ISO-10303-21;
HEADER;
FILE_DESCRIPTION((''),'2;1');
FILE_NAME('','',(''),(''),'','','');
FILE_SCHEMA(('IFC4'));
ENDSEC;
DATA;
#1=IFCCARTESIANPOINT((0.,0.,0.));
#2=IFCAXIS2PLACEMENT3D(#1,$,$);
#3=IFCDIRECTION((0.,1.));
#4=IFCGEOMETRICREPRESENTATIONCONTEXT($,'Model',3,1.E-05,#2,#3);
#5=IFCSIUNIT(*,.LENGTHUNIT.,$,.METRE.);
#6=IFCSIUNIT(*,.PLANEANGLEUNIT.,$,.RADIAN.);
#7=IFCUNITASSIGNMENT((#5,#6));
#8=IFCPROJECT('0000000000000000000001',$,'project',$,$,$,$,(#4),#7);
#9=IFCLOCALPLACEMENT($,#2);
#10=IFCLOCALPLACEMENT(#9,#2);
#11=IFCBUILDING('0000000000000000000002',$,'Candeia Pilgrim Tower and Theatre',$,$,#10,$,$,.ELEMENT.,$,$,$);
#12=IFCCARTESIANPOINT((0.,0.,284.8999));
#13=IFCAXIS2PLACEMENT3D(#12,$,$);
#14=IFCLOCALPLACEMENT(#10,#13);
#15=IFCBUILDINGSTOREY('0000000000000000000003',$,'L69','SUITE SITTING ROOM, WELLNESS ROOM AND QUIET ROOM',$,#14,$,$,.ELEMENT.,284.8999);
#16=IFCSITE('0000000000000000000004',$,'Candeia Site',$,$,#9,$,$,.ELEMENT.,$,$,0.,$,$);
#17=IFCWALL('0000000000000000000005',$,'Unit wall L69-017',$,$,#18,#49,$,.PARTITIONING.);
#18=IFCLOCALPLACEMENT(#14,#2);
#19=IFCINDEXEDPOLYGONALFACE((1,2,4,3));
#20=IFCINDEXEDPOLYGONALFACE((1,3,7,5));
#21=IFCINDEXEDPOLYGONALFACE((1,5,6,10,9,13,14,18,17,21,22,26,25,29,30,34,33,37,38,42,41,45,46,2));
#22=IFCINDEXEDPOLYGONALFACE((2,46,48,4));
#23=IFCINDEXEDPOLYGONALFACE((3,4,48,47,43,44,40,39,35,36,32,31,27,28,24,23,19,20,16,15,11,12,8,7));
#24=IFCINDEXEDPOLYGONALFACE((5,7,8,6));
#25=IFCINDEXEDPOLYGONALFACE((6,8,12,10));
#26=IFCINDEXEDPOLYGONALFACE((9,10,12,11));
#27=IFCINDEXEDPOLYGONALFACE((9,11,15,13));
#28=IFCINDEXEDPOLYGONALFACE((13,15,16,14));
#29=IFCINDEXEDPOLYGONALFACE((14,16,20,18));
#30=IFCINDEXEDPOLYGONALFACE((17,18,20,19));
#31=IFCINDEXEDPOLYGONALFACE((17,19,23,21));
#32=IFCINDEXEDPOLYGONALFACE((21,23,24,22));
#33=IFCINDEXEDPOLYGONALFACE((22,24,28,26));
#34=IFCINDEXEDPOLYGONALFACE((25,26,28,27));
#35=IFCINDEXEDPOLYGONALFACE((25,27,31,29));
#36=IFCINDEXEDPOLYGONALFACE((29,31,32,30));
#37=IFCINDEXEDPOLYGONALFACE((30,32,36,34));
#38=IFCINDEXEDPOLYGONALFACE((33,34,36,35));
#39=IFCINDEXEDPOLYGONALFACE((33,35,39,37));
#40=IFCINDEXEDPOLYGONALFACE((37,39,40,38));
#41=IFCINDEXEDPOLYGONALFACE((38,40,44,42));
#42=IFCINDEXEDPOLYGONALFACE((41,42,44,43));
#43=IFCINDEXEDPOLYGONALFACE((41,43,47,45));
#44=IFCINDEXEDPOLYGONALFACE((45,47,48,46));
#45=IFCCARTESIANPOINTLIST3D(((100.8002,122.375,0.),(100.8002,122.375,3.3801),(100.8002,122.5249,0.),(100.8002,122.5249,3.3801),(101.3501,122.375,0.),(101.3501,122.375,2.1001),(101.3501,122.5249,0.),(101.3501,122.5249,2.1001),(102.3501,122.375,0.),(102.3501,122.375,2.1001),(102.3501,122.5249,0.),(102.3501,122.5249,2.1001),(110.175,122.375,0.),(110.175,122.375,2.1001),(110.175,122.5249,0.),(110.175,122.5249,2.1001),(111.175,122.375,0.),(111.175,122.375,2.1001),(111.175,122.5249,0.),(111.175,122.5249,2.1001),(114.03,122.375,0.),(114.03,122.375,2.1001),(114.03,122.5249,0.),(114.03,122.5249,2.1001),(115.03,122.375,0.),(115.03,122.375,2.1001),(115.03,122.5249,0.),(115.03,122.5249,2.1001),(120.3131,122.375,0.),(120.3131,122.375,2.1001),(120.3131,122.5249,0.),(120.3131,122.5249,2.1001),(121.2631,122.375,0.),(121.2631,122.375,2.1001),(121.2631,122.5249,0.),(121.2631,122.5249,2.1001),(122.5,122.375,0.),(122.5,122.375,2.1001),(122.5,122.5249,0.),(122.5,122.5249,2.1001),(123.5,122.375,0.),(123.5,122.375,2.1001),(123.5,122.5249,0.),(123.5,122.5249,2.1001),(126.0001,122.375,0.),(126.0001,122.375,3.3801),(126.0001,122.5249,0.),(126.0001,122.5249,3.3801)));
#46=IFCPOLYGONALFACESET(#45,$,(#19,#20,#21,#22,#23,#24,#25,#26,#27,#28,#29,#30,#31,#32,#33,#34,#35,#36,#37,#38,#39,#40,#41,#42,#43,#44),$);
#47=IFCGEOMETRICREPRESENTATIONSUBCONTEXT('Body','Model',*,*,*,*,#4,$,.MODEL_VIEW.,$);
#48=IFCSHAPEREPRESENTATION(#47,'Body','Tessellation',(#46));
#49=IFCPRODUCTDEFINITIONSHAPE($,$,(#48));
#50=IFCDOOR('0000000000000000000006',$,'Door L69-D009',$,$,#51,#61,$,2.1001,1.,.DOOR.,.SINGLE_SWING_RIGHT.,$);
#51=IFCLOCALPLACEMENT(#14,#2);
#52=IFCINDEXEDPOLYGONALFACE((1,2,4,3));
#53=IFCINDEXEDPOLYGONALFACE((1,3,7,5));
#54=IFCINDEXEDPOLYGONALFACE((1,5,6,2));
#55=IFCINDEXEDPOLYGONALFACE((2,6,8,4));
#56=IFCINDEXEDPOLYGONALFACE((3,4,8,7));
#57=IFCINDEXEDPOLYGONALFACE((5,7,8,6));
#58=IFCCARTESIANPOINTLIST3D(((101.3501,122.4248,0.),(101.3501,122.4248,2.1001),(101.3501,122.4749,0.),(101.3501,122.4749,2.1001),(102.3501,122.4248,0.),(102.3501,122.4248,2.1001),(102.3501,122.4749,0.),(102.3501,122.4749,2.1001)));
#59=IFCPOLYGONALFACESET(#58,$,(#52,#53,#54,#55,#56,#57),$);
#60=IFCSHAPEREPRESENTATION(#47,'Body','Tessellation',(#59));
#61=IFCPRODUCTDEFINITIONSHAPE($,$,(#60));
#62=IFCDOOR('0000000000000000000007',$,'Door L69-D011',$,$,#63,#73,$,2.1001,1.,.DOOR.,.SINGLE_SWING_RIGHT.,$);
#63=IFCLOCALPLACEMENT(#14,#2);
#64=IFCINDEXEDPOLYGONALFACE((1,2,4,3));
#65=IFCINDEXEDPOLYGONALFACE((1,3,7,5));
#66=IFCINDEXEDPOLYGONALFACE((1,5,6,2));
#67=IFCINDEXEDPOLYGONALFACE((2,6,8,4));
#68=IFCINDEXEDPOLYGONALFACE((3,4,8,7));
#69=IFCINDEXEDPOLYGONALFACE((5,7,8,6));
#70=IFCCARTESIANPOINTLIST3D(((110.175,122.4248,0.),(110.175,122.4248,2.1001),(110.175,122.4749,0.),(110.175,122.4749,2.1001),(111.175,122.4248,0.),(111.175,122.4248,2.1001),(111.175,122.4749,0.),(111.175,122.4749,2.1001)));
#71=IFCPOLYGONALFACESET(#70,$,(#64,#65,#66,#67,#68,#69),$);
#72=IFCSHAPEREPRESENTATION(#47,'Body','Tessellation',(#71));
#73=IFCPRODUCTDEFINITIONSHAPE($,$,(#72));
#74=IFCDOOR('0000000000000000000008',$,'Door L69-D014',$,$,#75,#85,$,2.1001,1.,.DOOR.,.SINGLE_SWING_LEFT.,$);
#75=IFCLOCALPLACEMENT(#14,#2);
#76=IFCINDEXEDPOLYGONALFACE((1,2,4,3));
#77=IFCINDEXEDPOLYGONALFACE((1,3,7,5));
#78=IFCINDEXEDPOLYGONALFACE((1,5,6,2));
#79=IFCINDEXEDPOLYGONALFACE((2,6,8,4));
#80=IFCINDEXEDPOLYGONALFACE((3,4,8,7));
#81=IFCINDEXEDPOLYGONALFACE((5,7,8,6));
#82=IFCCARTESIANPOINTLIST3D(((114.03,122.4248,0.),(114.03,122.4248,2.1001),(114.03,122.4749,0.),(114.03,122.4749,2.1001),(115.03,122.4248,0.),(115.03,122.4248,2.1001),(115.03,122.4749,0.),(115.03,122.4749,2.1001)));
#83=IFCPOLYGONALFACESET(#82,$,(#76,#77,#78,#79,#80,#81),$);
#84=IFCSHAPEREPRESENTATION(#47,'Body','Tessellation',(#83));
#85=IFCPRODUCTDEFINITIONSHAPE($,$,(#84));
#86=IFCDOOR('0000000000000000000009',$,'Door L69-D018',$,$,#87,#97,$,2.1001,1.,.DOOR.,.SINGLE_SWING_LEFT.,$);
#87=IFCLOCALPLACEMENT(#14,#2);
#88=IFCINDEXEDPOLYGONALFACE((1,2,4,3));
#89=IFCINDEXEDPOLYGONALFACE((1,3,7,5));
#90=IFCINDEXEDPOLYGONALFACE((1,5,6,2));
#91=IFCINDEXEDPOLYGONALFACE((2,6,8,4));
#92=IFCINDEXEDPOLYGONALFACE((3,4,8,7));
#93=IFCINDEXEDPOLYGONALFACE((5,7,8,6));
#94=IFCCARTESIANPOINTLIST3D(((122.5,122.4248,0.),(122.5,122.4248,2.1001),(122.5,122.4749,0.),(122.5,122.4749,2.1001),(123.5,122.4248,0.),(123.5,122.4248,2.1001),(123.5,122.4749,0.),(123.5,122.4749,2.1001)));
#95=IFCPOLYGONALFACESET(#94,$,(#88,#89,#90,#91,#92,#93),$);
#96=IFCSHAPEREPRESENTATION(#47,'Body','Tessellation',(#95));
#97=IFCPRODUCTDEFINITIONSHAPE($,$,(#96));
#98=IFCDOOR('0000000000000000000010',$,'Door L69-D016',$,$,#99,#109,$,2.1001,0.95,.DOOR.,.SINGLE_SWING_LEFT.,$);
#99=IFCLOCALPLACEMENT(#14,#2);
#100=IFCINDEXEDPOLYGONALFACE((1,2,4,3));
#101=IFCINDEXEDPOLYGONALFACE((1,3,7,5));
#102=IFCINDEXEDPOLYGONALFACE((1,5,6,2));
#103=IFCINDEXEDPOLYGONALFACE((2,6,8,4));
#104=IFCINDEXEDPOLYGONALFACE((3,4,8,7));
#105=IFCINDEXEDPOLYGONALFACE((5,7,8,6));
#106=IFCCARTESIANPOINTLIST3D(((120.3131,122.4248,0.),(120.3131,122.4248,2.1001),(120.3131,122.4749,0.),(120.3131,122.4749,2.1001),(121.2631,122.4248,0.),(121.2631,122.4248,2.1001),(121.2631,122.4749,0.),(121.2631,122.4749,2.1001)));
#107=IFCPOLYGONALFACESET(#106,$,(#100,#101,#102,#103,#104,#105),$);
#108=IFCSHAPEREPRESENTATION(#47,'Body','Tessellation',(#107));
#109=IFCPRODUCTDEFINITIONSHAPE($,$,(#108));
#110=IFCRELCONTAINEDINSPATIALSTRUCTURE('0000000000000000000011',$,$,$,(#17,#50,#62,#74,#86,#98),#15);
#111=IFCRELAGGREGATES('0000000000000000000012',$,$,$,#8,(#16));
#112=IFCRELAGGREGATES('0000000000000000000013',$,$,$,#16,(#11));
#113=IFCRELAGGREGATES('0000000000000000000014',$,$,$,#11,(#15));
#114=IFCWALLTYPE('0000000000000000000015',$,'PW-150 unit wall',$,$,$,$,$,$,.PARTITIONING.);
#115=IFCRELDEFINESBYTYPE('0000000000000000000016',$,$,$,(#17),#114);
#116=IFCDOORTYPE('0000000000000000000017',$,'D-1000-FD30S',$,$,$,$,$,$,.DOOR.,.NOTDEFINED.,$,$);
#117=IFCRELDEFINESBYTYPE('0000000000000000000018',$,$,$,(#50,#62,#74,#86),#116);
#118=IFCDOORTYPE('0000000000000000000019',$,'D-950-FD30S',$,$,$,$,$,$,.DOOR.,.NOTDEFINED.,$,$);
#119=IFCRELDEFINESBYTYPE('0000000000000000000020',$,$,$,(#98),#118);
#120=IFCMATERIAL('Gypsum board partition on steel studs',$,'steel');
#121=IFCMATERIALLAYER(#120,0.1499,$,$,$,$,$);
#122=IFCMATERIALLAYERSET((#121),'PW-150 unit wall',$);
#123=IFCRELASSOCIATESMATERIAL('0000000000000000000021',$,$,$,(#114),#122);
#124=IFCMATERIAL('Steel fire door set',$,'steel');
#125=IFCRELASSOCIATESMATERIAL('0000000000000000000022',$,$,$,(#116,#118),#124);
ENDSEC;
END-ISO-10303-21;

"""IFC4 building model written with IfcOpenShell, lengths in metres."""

from ifc_helpers import new_model, si_unit, direction, frame, frame_2d, origin, place, context, subcontext, project, spatial, rectangle, extrude, material, layer, layer_set, type_object, element, fill, save


model = new_model("IFC4")

# Units and contexts
model_context = context("Model", 3, precision=1e-05, world=origin(), true_north=direction((0.0, 1.0)))
body_context = subcontext(model_context, "Body", "Model", "MODEL_VIEW")
ifc_project = project(units=[si_unit("LENGTHUNIT", "METRE"), si_unit("PLANEANGLEUNIT", "RADIAN")], contexts=[model_context])

# Site, building, storey
site_placement = place(None, origin())
site = spatial("IfcSite", under=ifc_project, at=site_placement, Name="Candeia Site", CompositionType="ELEMENT", RefElevation=0.0)
building_placement = place(site_placement, origin())
building = spatial("IfcBuilding", under=site, at=building_placement, Name="Candeia Pilgrim Tower and Theatre", CompositionType="ELEMENT")
storey_placement = place(building_placement, frame((0.0, 0.0, 284.8999)))
storey = spatial("IfcBuildingStorey", under=building, at=storey_placement, Name="L69", Description="SUITE SITTING ROOM, WELLNESS ROOM AND QUIET ROOM", CompositionType="ELEMENT", Elevation=284.8999)

# Shared definitions
ifc_material_1 = material(Name="Gypsum board partition on steel studs", Category="steel")

# Wall, openings, doors
ifc_layer_1 = layer(ifc_material_1, 0.1499)
ifc_layer_set_1 = layer_set([ifc_layer_1], Name="PW-150 unit wall")
wall_type_1 = type_object("IfcWallType", Name="PW-150 unit wall", PredefinedType="PARTITIONING", material=ifc_layer_set_1)
wall_1_placement = place(storey_placement, frame((100.8, 122.45, 0.0), z_axis=(0.0, 0.0, 1.0), x_axis=(1.0, 0.0, 0.0)))
wall_1 = element("IfcWall", 1, at=wall_1_placement, inside=storey, type_object=wall_type_1, Name="Unit wall L69-017", PredefinedType="PARTITIONING", context=body_context, shape_type="SweptSolid", body=[
    extrude(rectangle(XDim=25.2, YDim=0.1499, at=frame_2d((12.6001, 0.0))), origin(), (0.0, 0.0, 1.0), 3.3801),
])
opening_1_placement = place(wall_1_placement, frame((0.55, 0.0, 0.0)))
opening_1 = element("IfcOpeningElement", 2, at=opening_1_placement, cuts=wall_1, PredefinedType="OPENING", context=body_context, shape_type="SweptSolid", body=[
    extrude(rectangle(XDim=1.0, YDim=2.1001, at=frame_2d((0.5, 1.05))), frame((0.0, 0.085, 0.0), z_axis=(0.0, -1.0, 0.0), x_axis=(1.0, 0.0, 0.0)), (0.0, 0.0, 1.0), 0.1699),
])
opening_2_placement = place(wall_1_placement, frame((9.375, 0.0, 0.0)))
opening_2 = element("IfcOpeningElement", 3, at=opening_2_placement, cuts=wall_1, PredefinedType="OPENING", context=body_context, shape_type="SweptSolid", body=[
    extrude(rectangle(XDim=1.0, YDim=2.1001, at=frame_2d((0.5, 1.05))), frame((0.0, 0.085, 0.0), z_axis=(0.0, -1.0, 0.0), x_axis=(1.0, 0.0, 0.0)), (0.0, 0.0, 1.0), 0.1699),
])
opening_3_placement = place(wall_1_placement, frame((13.23, 0.0, 0.0)))
opening_3 = element("IfcOpeningElement", 4, at=opening_3_placement, cuts=wall_1, PredefinedType="OPENING", context=body_context, shape_type="SweptSolid", body=[
    extrude(rectangle(XDim=1.0, YDim=2.1001, at=frame_2d((0.5, 1.05))), frame((0.0, 0.085, 0.0), z_axis=(0.0, -1.0, 0.0), x_axis=(1.0, 0.0, 0.0)), (0.0, 0.0, 1.0), 0.1699),
])
opening_4_placement = place(wall_1_placement, frame((19.5129, 0.0, 0.0)))
opening_4 = element("IfcOpeningElement", 5, at=opening_4_placement, cuts=wall_1, PredefinedType="OPENING", context=body_context, shape_type="SweptSolid", body=[
    extrude(rectangle(XDim=0.95, YDim=2.1001, at=frame_2d((0.4751, 1.05))), frame((0.0, 0.085, 0.0), z_axis=(0.0, -1.0, 0.0), x_axis=(1.0, 0.0, 0.0)), (0.0, 0.0, 1.0), 0.1699),
])
opening_5_placement = place(wall_1_placement, frame((21.7, 0.0, 0.0)))
opening_5 = element("IfcOpeningElement", 6, at=opening_5_placement, cuts=wall_1, PredefinedType="OPENING", context=body_context, shape_type="SweptSolid", body=[
    extrude(rectangle(XDim=1.0, YDim=2.1001, at=frame_2d((0.5, 1.05))), frame((0.0, 0.085, 0.0), z_axis=(0.0, -1.0, 0.0), x_axis=(1.0, 0.0, 0.0)), (0.0, 0.0, 1.0), 0.1699),
])
ifc_material_2 = material(Name="Steel fire door set", Category="steel")
door_type_1 = type_object("IfcDoorType", Name="D-1000-FD30S", OperationType="NOTDEFINED", PredefinedType="DOOR", material=ifc_material_2)
door_1_placement = place(opening_1_placement, origin())
door_1 = element("IfcDoor", 7, at=door_1_placement, inside=storey, type_object=door_type_1, Name="Door L69-D009", OperationType="SINGLE_SWING_RIGHT", OverallHeight=2.1001, OverallWidth=1.0, PredefinedType="DOOR", context=body_context, shape_type="SweptSolid", body=[
    extrude(rectangle(XDim=1.0, YDim=2.1001, at=frame_2d((0.5, 1.05))), frame((0.0, 0.0249, 0.0), z_axis=(0.0, -1.0, 0.0), x_axis=(1.0, 0.0, 0.0)), (0.0, 0.0, 1.0), 0.05),
])
fill(opening_1, door_1)
door_2_placement = place(opening_2_placement, origin())
door_2 = element("IfcDoor", 8, at=door_2_placement, inside=storey, type_object=door_type_1, Name="Door L69-D011", OperationType="SINGLE_SWING_RIGHT", OverallHeight=2.1001, OverallWidth=1.0, PredefinedType="DOOR", context=body_context, shape_type="SweptSolid", body=[
    extrude(rectangle(XDim=1.0, YDim=2.1001, at=frame_2d((0.5, 1.05))), frame((0.0, 0.0249, 0.0), z_axis=(0.0, -1.0, 0.0), x_axis=(1.0, 0.0, 0.0)), (0.0, 0.0, 1.0), 0.05),
])
fill(opening_2, door_2)
door_3_placement = place(opening_3_placement, origin())
door_3 = element("IfcDoor", 9, at=door_3_placement, inside=storey, type_object=door_type_1, Name="Door L69-D014", OperationType="SINGLE_SWING_LEFT", OverallHeight=2.1001, OverallWidth=1.0, PredefinedType="DOOR", context=body_context, shape_type="SweptSolid", body=[
    extrude(rectangle(XDim=1.0, YDim=2.1001, at=frame_2d((0.5, 1.05))), frame((0.0, 0.0249, 0.0), z_axis=(0.0, -1.0, 0.0), x_axis=(1.0, 0.0, 0.0)), (0.0, 0.0, 1.0), 0.05),
])
fill(opening_3, door_3)
door_4_placement = place(opening_5_placement, origin())
door_4 = element("IfcDoor", 10, at=door_4_placement, inside=storey, type_object=door_type_1, Name="Door L69-D018", OperationType="SINGLE_SWING_LEFT", OverallHeight=2.1001, OverallWidth=1.0, PredefinedType="DOOR", context=body_context, shape_type="SweptSolid", body=[
    extrude(rectangle(XDim=1.0, YDim=2.1001, at=frame_2d((0.5, 1.05))), frame((0.0, 0.0249, 0.0), z_axis=(0.0, -1.0, 0.0), x_axis=(1.0, 0.0, 0.0)), (0.0, 0.0, 1.0), 0.05),
])
fill(opening_5, door_4)
door_type_2 = type_object("IfcDoorType", Name="D-950-FD30S", OperationType="NOTDEFINED", PredefinedType="DOOR", material=ifc_material_2)
door_5_placement = place(opening_4_placement, origin())
door_5 = element("IfcDoor", 11, at=door_5_placement, inside=storey, type_object=door_type_2, Name="Door L69-D016", OperationType="SINGLE_SWING_LEFT", OverallHeight=2.1001, OverallWidth=0.95, PredefinedType="DOOR", context=body_context, shape_type="SweptSolid", body=[
    extrude(rectangle(XDim=0.95, YDim=2.1001, at=frame_2d((0.4751, 1.05))), frame((0.0, 0.0249, 0.0), z_axis=(0.0, -1.0, 0.0), x_axis=(1.0, 0.0, 0.0)), (0.0, 0.0, 1.0), 0.05),
])
fill(opening_4, door_5)

save(model, "model.ifc")
